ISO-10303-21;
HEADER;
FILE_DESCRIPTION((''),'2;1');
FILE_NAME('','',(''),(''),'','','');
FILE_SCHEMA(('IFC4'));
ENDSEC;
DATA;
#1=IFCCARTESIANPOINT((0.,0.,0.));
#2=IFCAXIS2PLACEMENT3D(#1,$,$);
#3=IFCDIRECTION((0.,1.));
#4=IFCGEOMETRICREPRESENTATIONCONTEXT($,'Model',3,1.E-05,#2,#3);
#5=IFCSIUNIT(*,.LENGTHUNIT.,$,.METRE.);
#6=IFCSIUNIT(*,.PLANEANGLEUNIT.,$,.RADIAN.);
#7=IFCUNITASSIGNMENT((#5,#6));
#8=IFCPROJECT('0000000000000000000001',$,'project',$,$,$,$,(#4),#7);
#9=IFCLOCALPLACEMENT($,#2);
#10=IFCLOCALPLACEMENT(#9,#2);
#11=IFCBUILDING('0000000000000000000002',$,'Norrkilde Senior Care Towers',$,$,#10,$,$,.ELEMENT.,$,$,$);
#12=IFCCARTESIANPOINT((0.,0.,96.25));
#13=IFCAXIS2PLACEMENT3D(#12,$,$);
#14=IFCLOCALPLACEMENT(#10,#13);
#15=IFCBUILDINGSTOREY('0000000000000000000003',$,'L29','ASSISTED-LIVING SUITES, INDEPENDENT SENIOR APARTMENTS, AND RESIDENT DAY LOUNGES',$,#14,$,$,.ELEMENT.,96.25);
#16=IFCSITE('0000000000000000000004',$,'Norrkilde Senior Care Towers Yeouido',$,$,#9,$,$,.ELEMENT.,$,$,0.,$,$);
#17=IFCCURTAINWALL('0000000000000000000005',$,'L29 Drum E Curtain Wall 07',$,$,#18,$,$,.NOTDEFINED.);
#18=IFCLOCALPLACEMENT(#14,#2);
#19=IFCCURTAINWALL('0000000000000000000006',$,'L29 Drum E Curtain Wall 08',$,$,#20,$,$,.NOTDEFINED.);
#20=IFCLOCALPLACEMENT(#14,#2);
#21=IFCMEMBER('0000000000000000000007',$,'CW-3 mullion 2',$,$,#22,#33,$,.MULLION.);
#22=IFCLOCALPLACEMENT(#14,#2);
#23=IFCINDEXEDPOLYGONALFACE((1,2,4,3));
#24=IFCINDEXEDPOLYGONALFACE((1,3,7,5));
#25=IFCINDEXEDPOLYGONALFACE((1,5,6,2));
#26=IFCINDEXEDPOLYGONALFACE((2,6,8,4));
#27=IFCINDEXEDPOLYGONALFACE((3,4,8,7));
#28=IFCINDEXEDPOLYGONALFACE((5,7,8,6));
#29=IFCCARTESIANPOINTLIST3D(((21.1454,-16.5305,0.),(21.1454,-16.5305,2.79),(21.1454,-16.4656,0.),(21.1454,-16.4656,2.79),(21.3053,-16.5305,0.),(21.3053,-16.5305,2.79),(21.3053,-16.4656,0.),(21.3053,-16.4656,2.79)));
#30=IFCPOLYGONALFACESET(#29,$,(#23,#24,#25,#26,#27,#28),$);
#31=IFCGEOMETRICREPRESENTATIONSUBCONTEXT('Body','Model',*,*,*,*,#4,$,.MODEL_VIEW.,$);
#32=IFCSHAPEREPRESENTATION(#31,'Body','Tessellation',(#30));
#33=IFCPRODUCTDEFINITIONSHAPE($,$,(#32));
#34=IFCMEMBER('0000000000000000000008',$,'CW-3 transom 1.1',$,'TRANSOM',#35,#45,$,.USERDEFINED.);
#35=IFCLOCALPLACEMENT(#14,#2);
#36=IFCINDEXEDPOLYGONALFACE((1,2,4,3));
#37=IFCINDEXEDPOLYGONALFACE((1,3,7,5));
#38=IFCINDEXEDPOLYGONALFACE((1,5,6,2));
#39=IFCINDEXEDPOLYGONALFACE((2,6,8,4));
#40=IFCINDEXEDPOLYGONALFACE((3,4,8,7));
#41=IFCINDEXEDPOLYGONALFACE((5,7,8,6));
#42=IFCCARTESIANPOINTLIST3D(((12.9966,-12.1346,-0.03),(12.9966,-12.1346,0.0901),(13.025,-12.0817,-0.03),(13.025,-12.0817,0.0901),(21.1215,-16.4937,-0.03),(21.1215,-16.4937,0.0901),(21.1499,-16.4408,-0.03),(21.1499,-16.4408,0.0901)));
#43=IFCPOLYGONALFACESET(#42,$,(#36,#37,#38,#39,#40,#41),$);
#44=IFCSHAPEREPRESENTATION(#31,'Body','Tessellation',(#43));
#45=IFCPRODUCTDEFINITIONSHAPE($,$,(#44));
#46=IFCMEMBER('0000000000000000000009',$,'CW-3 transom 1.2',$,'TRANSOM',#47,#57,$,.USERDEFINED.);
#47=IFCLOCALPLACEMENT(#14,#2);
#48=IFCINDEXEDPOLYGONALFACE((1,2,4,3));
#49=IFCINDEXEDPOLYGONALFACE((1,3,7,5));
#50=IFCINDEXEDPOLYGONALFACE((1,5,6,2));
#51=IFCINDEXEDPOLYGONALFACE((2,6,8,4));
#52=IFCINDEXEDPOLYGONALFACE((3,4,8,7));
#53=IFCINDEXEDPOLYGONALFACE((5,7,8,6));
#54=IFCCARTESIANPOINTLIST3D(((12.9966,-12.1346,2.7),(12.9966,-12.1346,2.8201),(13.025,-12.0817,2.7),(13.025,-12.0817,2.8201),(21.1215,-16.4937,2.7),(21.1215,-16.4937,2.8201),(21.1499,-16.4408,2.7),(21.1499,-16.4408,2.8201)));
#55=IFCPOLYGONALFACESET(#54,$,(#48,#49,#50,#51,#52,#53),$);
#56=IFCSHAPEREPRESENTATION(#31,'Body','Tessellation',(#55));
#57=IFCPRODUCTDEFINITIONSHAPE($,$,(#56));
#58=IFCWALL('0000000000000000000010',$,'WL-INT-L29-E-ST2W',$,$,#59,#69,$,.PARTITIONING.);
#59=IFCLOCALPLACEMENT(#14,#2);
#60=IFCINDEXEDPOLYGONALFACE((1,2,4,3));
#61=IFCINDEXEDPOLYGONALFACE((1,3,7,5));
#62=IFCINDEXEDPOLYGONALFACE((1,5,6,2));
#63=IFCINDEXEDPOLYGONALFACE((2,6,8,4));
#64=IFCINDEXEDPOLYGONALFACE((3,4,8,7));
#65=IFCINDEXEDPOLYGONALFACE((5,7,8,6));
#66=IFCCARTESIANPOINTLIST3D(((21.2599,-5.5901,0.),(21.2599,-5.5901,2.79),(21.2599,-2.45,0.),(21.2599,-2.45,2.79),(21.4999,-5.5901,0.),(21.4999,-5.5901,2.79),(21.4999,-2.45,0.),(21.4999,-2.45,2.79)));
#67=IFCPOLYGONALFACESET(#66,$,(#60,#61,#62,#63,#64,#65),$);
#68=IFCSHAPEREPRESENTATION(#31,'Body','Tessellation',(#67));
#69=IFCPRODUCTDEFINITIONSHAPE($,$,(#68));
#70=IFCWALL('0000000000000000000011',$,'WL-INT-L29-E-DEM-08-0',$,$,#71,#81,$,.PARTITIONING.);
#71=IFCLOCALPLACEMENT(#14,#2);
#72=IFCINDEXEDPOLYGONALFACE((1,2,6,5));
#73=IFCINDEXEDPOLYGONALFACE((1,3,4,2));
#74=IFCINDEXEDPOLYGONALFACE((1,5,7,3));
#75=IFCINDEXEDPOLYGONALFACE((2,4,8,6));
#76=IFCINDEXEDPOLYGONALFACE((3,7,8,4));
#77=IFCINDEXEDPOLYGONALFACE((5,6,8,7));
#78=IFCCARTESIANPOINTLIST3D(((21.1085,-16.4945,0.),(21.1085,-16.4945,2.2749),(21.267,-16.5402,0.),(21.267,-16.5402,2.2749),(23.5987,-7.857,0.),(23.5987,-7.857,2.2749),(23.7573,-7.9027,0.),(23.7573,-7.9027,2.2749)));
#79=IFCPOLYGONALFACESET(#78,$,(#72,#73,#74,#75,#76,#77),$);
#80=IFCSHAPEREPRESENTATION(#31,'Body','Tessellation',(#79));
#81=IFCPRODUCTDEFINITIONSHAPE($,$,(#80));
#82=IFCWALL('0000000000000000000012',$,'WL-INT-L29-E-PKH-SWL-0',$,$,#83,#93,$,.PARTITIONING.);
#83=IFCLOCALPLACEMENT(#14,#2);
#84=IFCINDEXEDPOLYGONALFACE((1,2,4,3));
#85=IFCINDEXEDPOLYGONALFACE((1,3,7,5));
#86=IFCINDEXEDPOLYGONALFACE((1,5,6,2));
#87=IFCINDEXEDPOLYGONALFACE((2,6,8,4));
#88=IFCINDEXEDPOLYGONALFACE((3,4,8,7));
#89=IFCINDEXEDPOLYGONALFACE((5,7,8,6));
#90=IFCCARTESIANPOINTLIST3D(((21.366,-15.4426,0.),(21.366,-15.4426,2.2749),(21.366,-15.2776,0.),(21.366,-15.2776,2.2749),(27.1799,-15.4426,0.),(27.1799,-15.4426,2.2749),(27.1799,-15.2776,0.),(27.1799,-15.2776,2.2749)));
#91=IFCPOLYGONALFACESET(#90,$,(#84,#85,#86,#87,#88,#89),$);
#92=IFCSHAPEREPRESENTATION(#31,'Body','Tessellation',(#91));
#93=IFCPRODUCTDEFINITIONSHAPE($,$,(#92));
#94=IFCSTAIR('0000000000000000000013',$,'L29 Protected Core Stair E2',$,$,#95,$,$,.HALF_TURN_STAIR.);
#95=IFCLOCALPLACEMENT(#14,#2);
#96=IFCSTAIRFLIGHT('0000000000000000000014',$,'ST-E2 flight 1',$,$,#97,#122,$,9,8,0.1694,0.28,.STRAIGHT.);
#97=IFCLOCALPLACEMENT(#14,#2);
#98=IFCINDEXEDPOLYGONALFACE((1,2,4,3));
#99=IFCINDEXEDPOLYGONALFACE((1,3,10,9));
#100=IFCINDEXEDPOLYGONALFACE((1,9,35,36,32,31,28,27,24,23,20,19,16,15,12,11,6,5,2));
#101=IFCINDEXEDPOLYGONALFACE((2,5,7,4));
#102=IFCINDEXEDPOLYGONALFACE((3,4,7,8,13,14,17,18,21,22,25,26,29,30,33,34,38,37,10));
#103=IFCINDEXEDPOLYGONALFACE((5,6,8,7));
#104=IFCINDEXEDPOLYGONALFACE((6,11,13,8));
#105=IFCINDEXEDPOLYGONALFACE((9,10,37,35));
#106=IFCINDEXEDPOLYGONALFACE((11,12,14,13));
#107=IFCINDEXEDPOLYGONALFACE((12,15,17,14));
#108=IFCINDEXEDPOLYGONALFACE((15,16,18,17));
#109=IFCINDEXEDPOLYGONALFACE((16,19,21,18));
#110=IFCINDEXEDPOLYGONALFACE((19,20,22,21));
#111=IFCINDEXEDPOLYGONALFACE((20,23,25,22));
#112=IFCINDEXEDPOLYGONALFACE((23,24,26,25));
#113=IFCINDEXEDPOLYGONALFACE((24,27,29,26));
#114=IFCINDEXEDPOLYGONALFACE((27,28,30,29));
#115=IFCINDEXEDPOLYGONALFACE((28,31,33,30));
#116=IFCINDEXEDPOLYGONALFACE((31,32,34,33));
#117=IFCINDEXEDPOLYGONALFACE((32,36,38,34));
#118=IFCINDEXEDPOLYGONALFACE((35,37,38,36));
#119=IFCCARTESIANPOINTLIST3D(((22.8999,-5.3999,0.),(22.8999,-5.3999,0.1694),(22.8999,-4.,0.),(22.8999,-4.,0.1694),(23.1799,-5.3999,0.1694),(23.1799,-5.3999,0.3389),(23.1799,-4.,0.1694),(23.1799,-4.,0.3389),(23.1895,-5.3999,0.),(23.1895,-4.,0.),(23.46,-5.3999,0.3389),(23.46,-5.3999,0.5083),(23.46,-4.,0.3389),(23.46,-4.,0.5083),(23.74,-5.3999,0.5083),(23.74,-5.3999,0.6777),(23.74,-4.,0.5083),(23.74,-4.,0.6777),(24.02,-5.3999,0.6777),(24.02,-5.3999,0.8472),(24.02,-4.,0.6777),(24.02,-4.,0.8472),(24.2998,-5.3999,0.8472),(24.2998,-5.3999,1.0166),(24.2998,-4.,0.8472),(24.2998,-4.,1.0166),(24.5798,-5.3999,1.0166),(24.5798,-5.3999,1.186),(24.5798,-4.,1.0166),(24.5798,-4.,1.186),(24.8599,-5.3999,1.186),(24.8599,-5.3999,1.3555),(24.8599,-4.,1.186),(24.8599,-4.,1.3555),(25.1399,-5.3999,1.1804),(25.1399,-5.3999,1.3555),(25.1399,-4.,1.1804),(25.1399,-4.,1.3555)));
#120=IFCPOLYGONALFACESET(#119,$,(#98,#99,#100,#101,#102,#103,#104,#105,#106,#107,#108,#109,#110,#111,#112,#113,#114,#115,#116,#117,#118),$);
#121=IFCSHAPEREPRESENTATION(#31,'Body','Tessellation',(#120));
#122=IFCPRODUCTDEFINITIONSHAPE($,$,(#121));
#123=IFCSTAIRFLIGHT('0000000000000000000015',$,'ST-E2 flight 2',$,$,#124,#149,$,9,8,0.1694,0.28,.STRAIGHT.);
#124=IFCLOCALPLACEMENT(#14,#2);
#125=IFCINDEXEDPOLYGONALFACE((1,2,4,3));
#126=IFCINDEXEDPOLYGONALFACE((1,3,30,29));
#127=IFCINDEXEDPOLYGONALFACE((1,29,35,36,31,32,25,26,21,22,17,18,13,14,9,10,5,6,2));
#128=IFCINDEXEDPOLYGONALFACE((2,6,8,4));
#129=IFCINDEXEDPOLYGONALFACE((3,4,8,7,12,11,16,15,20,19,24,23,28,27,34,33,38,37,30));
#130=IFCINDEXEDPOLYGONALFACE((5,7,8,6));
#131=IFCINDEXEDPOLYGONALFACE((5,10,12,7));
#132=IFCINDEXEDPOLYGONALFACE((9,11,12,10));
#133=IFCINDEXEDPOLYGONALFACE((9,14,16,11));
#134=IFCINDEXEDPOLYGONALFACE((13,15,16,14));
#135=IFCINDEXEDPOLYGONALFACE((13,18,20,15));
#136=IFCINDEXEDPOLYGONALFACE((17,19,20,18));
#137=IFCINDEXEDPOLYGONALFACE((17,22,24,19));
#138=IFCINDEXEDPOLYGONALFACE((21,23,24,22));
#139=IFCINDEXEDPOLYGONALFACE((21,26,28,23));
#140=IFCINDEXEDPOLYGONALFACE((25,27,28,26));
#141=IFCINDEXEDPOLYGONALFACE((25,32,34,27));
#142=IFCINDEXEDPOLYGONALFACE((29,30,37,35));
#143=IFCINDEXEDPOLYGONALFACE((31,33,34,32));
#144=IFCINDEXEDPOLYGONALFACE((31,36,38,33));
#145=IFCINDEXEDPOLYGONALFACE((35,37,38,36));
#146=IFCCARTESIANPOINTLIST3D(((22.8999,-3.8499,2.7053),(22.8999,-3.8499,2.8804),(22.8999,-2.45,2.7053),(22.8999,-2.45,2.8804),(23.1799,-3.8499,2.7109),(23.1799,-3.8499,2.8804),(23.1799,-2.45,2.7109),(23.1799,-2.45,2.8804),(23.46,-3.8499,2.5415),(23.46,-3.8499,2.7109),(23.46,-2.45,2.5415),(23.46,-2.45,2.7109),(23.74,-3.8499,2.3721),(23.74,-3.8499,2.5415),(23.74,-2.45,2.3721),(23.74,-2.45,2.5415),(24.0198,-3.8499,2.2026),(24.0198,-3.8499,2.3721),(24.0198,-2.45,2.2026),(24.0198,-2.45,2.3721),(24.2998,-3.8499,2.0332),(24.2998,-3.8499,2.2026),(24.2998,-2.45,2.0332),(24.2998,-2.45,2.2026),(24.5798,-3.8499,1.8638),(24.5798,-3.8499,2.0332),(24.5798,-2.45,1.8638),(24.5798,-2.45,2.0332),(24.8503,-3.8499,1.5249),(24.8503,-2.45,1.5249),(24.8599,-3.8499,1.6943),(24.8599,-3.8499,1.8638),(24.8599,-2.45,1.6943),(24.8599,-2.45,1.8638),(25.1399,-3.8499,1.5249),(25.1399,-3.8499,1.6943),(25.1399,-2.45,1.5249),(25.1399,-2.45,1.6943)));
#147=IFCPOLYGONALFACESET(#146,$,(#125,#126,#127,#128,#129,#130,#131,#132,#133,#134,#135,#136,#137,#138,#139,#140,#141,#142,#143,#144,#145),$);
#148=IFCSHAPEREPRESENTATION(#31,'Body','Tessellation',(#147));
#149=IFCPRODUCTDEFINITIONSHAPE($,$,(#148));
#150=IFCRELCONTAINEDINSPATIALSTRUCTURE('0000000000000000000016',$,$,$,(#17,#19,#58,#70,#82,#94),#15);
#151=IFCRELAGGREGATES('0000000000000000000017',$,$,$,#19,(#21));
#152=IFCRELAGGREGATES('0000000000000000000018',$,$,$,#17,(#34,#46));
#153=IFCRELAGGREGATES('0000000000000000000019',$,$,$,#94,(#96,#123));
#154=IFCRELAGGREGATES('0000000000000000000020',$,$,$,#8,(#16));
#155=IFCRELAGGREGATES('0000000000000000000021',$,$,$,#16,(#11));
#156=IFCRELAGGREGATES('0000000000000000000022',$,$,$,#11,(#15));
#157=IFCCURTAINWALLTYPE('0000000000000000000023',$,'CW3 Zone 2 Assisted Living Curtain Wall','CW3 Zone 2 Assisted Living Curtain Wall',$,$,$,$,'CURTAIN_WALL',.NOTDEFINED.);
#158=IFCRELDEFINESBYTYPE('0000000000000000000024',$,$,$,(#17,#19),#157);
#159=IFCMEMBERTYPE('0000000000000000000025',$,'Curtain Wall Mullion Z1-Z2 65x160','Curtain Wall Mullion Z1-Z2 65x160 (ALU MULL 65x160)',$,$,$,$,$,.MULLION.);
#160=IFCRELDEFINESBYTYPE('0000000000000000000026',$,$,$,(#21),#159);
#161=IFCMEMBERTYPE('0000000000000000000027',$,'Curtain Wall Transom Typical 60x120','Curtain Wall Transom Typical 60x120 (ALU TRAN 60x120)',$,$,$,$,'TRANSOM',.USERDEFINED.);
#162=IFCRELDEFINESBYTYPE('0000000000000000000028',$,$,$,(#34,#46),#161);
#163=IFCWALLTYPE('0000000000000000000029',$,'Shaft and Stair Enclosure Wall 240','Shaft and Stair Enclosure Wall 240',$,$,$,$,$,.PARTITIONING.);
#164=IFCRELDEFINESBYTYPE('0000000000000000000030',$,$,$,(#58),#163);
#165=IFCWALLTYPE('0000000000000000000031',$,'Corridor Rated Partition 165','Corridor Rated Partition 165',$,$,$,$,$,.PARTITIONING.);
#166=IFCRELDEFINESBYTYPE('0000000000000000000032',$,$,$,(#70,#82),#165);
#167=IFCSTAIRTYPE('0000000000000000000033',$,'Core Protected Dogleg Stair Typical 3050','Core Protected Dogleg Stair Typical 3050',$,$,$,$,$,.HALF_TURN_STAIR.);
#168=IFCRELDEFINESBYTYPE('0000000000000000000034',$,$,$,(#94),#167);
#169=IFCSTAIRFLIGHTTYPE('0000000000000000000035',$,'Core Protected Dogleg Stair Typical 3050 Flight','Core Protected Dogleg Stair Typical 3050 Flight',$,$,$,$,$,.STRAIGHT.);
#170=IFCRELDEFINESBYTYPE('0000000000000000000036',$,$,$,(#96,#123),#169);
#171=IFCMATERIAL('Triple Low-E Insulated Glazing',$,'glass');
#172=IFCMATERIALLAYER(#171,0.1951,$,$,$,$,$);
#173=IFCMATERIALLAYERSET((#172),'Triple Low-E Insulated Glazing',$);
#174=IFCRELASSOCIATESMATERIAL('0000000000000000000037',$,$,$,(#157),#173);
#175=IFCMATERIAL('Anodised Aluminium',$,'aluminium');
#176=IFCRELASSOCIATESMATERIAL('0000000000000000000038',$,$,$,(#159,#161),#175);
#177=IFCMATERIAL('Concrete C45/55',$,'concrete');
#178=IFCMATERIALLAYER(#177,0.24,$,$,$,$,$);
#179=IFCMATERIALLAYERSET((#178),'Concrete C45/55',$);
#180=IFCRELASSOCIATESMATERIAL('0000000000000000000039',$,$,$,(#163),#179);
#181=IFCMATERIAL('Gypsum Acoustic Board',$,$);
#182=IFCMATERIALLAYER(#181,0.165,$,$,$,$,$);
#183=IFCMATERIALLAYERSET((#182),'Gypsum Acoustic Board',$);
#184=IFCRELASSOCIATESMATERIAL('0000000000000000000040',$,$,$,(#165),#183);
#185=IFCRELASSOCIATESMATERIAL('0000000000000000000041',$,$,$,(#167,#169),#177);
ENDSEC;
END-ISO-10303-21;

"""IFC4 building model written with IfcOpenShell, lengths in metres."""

from ifc_helpers import new_model, si_unit, direction, frame, frame_2d, origin, origin_2d, place, context, subcontext, project, spatial, polyline, rectangle, outline, extrude, source, transform, mapped, material, layer, layer_set, material_profile, profile_set, type_object, type_shapes, element, aggregate, save


model = new_model("IFC4")

# Units and contexts
model_context = context("Model", 3, precision=1e-05, world=origin(), true_north=direction((0.0, 1.0)))
body_context = subcontext(model_context, "Body", "Model", "MODEL_VIEW")
ifc_project = project(units=[si_unit("LENGTHUNIT", "METRE"), si_unit("PLANEANGLEUNIT", "RADIAN")], contexts=[model_context])

# Site, building, storey
site_placement = place(None, origin())
site = spatial("IfcSite", under=ifc_project, at=site_placement, Name="Norrkilde Senior Care Towers Yeouido", CompositionType="ELEMENT", RefElevation=0.0)
building_placement = place(site_placement, origin())
building = spatial("IfcBuilding", under=site, at=building_placement, Name="Norrkilde Senior Care Towers", CompositionType="ELEMENT")
storey_placement = place(building_placement, frame((0.0, 0.0, 96.25)))
storey = spatial("IfcBuildingStorey", under=building, at=storey_placement, Name="L29", Description="ASSISTED-LIVING SUITES, INDEPENDENT SENIOR APARTMENTS, AND RESIDENT DAY LOUNGES", CompositionType="ELEMENT", Elevation=96.25)

# Curtain walls, member
ifc_material_1 = material(Name="Triple Low-E Insulated Glazing", Category="glass")
ifc_layer_1 = layer(ifc_material_1, 0.1951)
ifc_layer_set_1 = layer_set([ifc_layer_1], Name="Triple Low-E Insulated Glazing")
curtain_wall_type = type_object("IfcCurtainWallType", Name="CW3 Zone 2 Assisted Living Curtain Wall", Description="CW3 Zone 2 Assisted Living Curtain Wall", ElementType="CURTAIN_WALL", PredefinedType="NOTDEFINED", material=ifc_layer_set_1)
curtain_wall_1_placement = place(storey_placement, origin())
curtain_wall_1 = element("IfcCurtainWall", 1, at=curtain_wall_1_placement, inside=storey, type_object=curtain_wall_type, Name="L29 Drum E Curtain Wall 07", PredefinedType="NOTDEFINED")
ifc_material_2 = material(Name="Anodised Aluminium", Category="aluminium")
ifc_material_profile_1 = material_profile(ifc_material_2, rectangle(XDim=0.0649, YDim=0.1599, at=origin_2d()), Name="ALU MULL 65x160")
ifc_profile_set_1 = profile_set([ifc_material_profile_1], Name="Anodised Aluminium")
member_type_1 = type_object("IfcMemberType", Name="Curtain Wall Mullion Z1-Z2 65x160", Description="Curtain Wall Mullion Z1-Z2 65x160 (ALU MULL 65x160)", PredefinedType="MULLION", material=ifc_profile_set_1)
shared_shape_1 = source(origin(), body_context, "Body", "SweptSolid", [
    extrude(rectangle(XDim=0.0649, YDim=0.1599, at=origin_2d()), origin(), (0.0, 0.0, 1.0), 2.79),
])
type_shapes(member_type_1, [shared_shape_1])
curtain_wall_2_placement = place(storey_placement, origin())
curtain_wall_2 = element("IfcCurtainWall", 2, at=curtain_wall_2_placement, inside=storey, type_object=curtain_wall_type, Name="L29 Drum E Curtain Wall 08", PredefinedType="NOTDEFINED")
member_1_placement = place(storey_placement, frame((21.2253, -16.498, 0.0), z_axis=(0.0, 0.0, 1.0), x_axis=(0.0, -1.0, 0.0)))
member_1 = element("IfcMember", 3, at=member_1_placement, type_object=member_type_1, Name="CW-3 mullion 2", PredefinedType="MULLION", context=body_context, shape_type="MappedRepresentation", body=[
    mapped(shared_shape_1, transform((0.0, 0.0, 0.0), x_axis=(1.0, 0.0, 0.0), y_axis=(0.0, 1.0, 0.0), z_axis=(0.0, 0.0, 1.0), scale=1.0)),
])
aggregate(curtain_wall_2, [member_1])

# Members
ifc_material_profile_2 = material_profile(ifc_material_2, rectangle(XDim=0.0601, YDim=0.1201, at=origin_2d()), Name="ALU TRAN 60x120")
ifc_profile_set_2 = profile_set([ifc_material_profile_2], Name="Anodised Aluminium")
member_type_2 = type_object("IfcMemberType", Name="Curtain Wall Transom Typical 60x120", Description="Curtain Wall Transom Typical 60x120 (ALU TRAN 60x120)", ElementType="TRANSOM", PredefinedType="USERDEFINED", material=ifc_profile_set_2)
shared_shape_2 = source(origin(), body_context, "Body", "SweptSolid", [
    extrude(rectangle(XDim=0.0601, YDim=0.1201, at=origin_2d()), origin(), (0.0, 0.0, 1.0), 9.2205),
])
type_shapes(member_type_2, [shared_shape_2])
member_2_placement = place(storey_placement, frame((21.1357, -16.4673, 0.03), z_axis=(-0.881189, 0.472765, 0.0), x_axis=(-0.472765, -0.881189, 0.0)))
member_2 = element("IfcMember", 4, at=member_2_placement, type_object=member_type_2, Name="CW-3 transom 1.1", ObjectType="TRANSOM", PredefinedType="USERDEFINED", context=body_context, shape_type="MappedRepresentation", body=[
    mapped(shared_shape_2, transform((0.0, 0.0, 0.0), x_axis=(1.0, 0.0, 0.0), y_axis=(0.0, 1.0, 0.0), z_axis=(0.0, 0.0, 1.0), scale=1.0)),
])
member_3_placement = place(storey_placement, frame((21.1357, -16.4673, 2.76), z_axis=(-0.881189, 0.472765, 0.0), x_axis=(-0.472765, -0.881189, 0.0)))
member_3 = element("IfcMember", 5, at=member_3_placement, type_object=member_type_2, Name="CW-3 transom 1.2", ObjectType="TRANSOM", PredefinedType="USERDEFINED", context=body_context, shape_type="MappedRepresentation", body=[
    mapped(shared_shape_2, transform((0.0, 0.0, 0.0), x_axis=(1.0, 0.0, 0.0), y_axis=(0.0, 1.0, 0.0), z_axis=(0.0, 0.0, 1.0), scale=1.0)),
])
aggregate(curtain_wall_1, [member_2, member_3])

# Shared definitions
ifc_material_3 = material(Name="Concrete C45/55", Category="concrete")
ifc_layer_2 = layer(ifc_material_3, 0.24)
ifc_layer_set_2 = layer_set([ifc_layer_2], Name="Concrete C45/55")
wall_type_1 = type_object("IfcWallType", Name="Shaft and Stair Enclosure Wall 240", Description="Shaft and Stair Enclosure Wall 240", PredefinedType="PARTITIONING", material=ifc_layer_set_2)

# Walls
shared_shape_3 = source(origin(), body_context, "Body", "SweptSolid", [
    extrude(rectangle(XDim=3.1401, YDim=0.24, at=frame_2d((1.5701, 0.0))), origin(), (0.0, 0.0, 1.0), 2.79),
])
wall_1_placement = place(storey_placement, frame((21.3799, -5.5901, 0.0), z_axis=(0.0, 0.0, 1.0), x_axis=(0.0, 1.0, 0.0)))
element("IfcWall", 6, at=wall_1_placement, inside=storey, type_object=wall_type_1, Name="WL-INT-L29-E-ST2W", PredefinedType="PARTITIONING", context=body_context, shape_type="MappedRepresentation", body=[
    mapped(shared_shape_3, transform((0.0, 0.0, 0.0), x_axis=(1.0, 0.0, 0.0), y_axis=(0.0, 1.0, 0.0), z_axis=(0.0, 0.0, 1.0), scale=1.0)),
])
ifc_material_4 = material(Name="Gypsum Acoustic Board")
ifc_layer_3 = layer(ifc_material_4, 0.165)
ifc_layer_set_3 = layer_set([ifc_layer_3], Name="Gypsum Acoustic Board")
wall_type_2 = type_object("IfcWallType", Name="Corridor Rated Partition 165", Description="Corridor Rated Partition 165", PredefinedType="PARTITIONING", material=ifc_layer_set_3)
shared_shape_4 = source(origin(), body_context, "Body", "SweptSolid", [
    extrude(rectangle(XDim=8.9893, YDim=0.165, at=frame_2d((4.4946, 0.0))), origin(), (0.0, 0.0, 1.0), 2.2749),
])
wall_2_placement = place(storey_placement, frame((23.678, -7.8799, 0.0), z_axis=(0.0, 0.0, 1.0), x_axis=(-0.277023, -0.960863, 0.0)))
element("IfcWall", 7, at=wall_2_placement, inside=storey, type_object=wall_type_2, Name="WL-INT-L29-E-DEM-08-0", PredefinedType="PARTITIONING", context=body_context, shape_type="MappedRepresentation", body=[
    mapped(shared_shape_4, transform((0.0, 0.0, 0.0), x_axis=(1.0, 0.0, 0.0), y_axis=(0.0, 1.0, 0.0), z_axis=(0.0, 0.0, 1.0), scale=1.0)),
])
shared_shape_5 = source(origin(), body_context, "Body", "SweptSolid", [
    extrude(rectangle(XDim=5.814, YDim=0.165, at=frame_2d((2.907, 0.0))), origin(), (0.0, 0.0, 1.0), 2.2749),
])
type_shapes(wall_type_2, [shared_shape_4, shared_shape_5])
wall_3_placement = place(storey_placement, frame((21.366, -15.3601, 0.0), z_axis=(0.0, 0.0, 1.0), x_axis=(1.0, 0.0, 0.0)))
element("IfcWall", 8, at=wall_3_placement, inside=storey, type_object=wall_type_2, Name="WL-INT-L29-E-PKH-SWL-0", PredefinedType="PARTITIONING", context=body_context, shape_type="MappedRepresentation", body=[
    mapped(shared_shape_5, transform((0.0, 0.0, 0.0), x_axis=(1.0, 0.0, 0.0), y_axis=(0.0, 1.0, 0.0), z_axis=(0.0, 0.0, 1.0), scale=1.0)),
])

# Stair, stair flights
stair_type = type_object("IfcStairType", Name="Core Protected Dogleg Stair Typical 3050", Description="Core Protected Dogleg Stair Typical 3050", PredefinedType="HALF_TURN_STAIR", material=ifc_material_3)
stair_placement = place(storey_placement, origin())
stair = element("IfcStair", 9, at=stair_placement, inside=storey, type_object=stair_type, Name="L29 Protected Core Stair E2", PredefinedType="HALF_TURN_STAIR")
stair_flight_type = type_object("IfcStairFlightType", Name="Core Protected Dogleg Stair Typical 3050 Flight", Description="Core Protected Dogleg Stair Typical 3050 Flight", PredefinedType="STRAIGHT", material=ifc_material_3)
stair_flight_1_placement = place(storey_placement, frame((22.8999, -4.7, 0.0), z_axis=(0.0, 0.0, 1.0), x_axis=(1.0, 0.0, 0.0)))
stair_flight_1 = element("IfcStairFlight", 10, at=stair_flight_1_placement, type_object=stair_flight_type, Name="ST-E2 flight 1", NumberOfRisers=9, NumberOfTreads=8, PredefinedType="STRAIGHT", RiserHeight=0.1694, TreadLength=0.28, context=body_context, shape_type="SweptSolid", body=[
    extrude(outline(polyline([(0.0, 0.0), (0.0, 0.1694), (0.28, 0.1694), (0.28, 0.3389), (0.5601, 0.3389), (0.5601, 0.5083), (0.8401, 0.5083), (0.8401, 0.6777), (1.1201, 0.6777), (1.1201, 0.8472), (1.3999, 0.8472), (1.3999, 1.0166), (1.6799, 1.0166), (1.6799, 1.186), (1.96, 1.186), (1.96, 1.3555), (2.24, 1.3555), (2.24, 1.5249), (2.24, 1.1804), (0.2896, 0.0), (0.0, 0.0)])), frame((0.0, 0.7, 0.0), z_axis=(0.0, -1.0, 0.0), x_axis=(1.0, 0.0, 0.0)), (0.0, 0.0, 1.0), 1.3999),
])
stair_flight_2_placement = place(storey_placement, frame((25.1399, -3.1499, 1.5249), z_axis=(0.0, 0.0, 1.0), x_axis=(-1.0, 0.0, 0.0)))
stair_flight_2 = element("IfcStairFlight", 11, at=stair_flight_2_placement, type_object=stair_flight_type, Name="ST-E2 flight 2", NumberOfRisers=9, NumberOfTreads=8, PredefinedType="STRAIGHT", RiserHeight=0.1694, TreadLength=0.28, context=body_context, shape_type="SweptSolid", body=[
    extrude(outline(polyline([(0.0, 0.0), (0.0, 0.1694), (0.28, 0.1694), (0.28, 0.3389), (0.5601, 0.3389), (0.5601, 0.5083), (0.8401, 0.5083), (0.8401, 0.6777), (1.1201, 0.6777), (1.1201, 0.8472), (1.3999, 0.8472), (1.3999, 1.0166), (1.6799, 1.0166), (1.6799, 1.186), (1.96, 1.186), (1.96, 1.3555), (2.24, 1.3555), (2.24, 1.5249), (2.24, 1.1804), (0.2896, 0.0), (0.0, 0.0)])), frame((0.0, 0.7, 0.0), z_axis=(0.0, -1.0, 0.0), x_axis=(1.0, 0.0, 0.0)), (0.0, 0.0, 1.0), 1.3999),
])
aggregate(stair, [stair_flight_1, stair_flight_2])

save(model, "model.ifc")
